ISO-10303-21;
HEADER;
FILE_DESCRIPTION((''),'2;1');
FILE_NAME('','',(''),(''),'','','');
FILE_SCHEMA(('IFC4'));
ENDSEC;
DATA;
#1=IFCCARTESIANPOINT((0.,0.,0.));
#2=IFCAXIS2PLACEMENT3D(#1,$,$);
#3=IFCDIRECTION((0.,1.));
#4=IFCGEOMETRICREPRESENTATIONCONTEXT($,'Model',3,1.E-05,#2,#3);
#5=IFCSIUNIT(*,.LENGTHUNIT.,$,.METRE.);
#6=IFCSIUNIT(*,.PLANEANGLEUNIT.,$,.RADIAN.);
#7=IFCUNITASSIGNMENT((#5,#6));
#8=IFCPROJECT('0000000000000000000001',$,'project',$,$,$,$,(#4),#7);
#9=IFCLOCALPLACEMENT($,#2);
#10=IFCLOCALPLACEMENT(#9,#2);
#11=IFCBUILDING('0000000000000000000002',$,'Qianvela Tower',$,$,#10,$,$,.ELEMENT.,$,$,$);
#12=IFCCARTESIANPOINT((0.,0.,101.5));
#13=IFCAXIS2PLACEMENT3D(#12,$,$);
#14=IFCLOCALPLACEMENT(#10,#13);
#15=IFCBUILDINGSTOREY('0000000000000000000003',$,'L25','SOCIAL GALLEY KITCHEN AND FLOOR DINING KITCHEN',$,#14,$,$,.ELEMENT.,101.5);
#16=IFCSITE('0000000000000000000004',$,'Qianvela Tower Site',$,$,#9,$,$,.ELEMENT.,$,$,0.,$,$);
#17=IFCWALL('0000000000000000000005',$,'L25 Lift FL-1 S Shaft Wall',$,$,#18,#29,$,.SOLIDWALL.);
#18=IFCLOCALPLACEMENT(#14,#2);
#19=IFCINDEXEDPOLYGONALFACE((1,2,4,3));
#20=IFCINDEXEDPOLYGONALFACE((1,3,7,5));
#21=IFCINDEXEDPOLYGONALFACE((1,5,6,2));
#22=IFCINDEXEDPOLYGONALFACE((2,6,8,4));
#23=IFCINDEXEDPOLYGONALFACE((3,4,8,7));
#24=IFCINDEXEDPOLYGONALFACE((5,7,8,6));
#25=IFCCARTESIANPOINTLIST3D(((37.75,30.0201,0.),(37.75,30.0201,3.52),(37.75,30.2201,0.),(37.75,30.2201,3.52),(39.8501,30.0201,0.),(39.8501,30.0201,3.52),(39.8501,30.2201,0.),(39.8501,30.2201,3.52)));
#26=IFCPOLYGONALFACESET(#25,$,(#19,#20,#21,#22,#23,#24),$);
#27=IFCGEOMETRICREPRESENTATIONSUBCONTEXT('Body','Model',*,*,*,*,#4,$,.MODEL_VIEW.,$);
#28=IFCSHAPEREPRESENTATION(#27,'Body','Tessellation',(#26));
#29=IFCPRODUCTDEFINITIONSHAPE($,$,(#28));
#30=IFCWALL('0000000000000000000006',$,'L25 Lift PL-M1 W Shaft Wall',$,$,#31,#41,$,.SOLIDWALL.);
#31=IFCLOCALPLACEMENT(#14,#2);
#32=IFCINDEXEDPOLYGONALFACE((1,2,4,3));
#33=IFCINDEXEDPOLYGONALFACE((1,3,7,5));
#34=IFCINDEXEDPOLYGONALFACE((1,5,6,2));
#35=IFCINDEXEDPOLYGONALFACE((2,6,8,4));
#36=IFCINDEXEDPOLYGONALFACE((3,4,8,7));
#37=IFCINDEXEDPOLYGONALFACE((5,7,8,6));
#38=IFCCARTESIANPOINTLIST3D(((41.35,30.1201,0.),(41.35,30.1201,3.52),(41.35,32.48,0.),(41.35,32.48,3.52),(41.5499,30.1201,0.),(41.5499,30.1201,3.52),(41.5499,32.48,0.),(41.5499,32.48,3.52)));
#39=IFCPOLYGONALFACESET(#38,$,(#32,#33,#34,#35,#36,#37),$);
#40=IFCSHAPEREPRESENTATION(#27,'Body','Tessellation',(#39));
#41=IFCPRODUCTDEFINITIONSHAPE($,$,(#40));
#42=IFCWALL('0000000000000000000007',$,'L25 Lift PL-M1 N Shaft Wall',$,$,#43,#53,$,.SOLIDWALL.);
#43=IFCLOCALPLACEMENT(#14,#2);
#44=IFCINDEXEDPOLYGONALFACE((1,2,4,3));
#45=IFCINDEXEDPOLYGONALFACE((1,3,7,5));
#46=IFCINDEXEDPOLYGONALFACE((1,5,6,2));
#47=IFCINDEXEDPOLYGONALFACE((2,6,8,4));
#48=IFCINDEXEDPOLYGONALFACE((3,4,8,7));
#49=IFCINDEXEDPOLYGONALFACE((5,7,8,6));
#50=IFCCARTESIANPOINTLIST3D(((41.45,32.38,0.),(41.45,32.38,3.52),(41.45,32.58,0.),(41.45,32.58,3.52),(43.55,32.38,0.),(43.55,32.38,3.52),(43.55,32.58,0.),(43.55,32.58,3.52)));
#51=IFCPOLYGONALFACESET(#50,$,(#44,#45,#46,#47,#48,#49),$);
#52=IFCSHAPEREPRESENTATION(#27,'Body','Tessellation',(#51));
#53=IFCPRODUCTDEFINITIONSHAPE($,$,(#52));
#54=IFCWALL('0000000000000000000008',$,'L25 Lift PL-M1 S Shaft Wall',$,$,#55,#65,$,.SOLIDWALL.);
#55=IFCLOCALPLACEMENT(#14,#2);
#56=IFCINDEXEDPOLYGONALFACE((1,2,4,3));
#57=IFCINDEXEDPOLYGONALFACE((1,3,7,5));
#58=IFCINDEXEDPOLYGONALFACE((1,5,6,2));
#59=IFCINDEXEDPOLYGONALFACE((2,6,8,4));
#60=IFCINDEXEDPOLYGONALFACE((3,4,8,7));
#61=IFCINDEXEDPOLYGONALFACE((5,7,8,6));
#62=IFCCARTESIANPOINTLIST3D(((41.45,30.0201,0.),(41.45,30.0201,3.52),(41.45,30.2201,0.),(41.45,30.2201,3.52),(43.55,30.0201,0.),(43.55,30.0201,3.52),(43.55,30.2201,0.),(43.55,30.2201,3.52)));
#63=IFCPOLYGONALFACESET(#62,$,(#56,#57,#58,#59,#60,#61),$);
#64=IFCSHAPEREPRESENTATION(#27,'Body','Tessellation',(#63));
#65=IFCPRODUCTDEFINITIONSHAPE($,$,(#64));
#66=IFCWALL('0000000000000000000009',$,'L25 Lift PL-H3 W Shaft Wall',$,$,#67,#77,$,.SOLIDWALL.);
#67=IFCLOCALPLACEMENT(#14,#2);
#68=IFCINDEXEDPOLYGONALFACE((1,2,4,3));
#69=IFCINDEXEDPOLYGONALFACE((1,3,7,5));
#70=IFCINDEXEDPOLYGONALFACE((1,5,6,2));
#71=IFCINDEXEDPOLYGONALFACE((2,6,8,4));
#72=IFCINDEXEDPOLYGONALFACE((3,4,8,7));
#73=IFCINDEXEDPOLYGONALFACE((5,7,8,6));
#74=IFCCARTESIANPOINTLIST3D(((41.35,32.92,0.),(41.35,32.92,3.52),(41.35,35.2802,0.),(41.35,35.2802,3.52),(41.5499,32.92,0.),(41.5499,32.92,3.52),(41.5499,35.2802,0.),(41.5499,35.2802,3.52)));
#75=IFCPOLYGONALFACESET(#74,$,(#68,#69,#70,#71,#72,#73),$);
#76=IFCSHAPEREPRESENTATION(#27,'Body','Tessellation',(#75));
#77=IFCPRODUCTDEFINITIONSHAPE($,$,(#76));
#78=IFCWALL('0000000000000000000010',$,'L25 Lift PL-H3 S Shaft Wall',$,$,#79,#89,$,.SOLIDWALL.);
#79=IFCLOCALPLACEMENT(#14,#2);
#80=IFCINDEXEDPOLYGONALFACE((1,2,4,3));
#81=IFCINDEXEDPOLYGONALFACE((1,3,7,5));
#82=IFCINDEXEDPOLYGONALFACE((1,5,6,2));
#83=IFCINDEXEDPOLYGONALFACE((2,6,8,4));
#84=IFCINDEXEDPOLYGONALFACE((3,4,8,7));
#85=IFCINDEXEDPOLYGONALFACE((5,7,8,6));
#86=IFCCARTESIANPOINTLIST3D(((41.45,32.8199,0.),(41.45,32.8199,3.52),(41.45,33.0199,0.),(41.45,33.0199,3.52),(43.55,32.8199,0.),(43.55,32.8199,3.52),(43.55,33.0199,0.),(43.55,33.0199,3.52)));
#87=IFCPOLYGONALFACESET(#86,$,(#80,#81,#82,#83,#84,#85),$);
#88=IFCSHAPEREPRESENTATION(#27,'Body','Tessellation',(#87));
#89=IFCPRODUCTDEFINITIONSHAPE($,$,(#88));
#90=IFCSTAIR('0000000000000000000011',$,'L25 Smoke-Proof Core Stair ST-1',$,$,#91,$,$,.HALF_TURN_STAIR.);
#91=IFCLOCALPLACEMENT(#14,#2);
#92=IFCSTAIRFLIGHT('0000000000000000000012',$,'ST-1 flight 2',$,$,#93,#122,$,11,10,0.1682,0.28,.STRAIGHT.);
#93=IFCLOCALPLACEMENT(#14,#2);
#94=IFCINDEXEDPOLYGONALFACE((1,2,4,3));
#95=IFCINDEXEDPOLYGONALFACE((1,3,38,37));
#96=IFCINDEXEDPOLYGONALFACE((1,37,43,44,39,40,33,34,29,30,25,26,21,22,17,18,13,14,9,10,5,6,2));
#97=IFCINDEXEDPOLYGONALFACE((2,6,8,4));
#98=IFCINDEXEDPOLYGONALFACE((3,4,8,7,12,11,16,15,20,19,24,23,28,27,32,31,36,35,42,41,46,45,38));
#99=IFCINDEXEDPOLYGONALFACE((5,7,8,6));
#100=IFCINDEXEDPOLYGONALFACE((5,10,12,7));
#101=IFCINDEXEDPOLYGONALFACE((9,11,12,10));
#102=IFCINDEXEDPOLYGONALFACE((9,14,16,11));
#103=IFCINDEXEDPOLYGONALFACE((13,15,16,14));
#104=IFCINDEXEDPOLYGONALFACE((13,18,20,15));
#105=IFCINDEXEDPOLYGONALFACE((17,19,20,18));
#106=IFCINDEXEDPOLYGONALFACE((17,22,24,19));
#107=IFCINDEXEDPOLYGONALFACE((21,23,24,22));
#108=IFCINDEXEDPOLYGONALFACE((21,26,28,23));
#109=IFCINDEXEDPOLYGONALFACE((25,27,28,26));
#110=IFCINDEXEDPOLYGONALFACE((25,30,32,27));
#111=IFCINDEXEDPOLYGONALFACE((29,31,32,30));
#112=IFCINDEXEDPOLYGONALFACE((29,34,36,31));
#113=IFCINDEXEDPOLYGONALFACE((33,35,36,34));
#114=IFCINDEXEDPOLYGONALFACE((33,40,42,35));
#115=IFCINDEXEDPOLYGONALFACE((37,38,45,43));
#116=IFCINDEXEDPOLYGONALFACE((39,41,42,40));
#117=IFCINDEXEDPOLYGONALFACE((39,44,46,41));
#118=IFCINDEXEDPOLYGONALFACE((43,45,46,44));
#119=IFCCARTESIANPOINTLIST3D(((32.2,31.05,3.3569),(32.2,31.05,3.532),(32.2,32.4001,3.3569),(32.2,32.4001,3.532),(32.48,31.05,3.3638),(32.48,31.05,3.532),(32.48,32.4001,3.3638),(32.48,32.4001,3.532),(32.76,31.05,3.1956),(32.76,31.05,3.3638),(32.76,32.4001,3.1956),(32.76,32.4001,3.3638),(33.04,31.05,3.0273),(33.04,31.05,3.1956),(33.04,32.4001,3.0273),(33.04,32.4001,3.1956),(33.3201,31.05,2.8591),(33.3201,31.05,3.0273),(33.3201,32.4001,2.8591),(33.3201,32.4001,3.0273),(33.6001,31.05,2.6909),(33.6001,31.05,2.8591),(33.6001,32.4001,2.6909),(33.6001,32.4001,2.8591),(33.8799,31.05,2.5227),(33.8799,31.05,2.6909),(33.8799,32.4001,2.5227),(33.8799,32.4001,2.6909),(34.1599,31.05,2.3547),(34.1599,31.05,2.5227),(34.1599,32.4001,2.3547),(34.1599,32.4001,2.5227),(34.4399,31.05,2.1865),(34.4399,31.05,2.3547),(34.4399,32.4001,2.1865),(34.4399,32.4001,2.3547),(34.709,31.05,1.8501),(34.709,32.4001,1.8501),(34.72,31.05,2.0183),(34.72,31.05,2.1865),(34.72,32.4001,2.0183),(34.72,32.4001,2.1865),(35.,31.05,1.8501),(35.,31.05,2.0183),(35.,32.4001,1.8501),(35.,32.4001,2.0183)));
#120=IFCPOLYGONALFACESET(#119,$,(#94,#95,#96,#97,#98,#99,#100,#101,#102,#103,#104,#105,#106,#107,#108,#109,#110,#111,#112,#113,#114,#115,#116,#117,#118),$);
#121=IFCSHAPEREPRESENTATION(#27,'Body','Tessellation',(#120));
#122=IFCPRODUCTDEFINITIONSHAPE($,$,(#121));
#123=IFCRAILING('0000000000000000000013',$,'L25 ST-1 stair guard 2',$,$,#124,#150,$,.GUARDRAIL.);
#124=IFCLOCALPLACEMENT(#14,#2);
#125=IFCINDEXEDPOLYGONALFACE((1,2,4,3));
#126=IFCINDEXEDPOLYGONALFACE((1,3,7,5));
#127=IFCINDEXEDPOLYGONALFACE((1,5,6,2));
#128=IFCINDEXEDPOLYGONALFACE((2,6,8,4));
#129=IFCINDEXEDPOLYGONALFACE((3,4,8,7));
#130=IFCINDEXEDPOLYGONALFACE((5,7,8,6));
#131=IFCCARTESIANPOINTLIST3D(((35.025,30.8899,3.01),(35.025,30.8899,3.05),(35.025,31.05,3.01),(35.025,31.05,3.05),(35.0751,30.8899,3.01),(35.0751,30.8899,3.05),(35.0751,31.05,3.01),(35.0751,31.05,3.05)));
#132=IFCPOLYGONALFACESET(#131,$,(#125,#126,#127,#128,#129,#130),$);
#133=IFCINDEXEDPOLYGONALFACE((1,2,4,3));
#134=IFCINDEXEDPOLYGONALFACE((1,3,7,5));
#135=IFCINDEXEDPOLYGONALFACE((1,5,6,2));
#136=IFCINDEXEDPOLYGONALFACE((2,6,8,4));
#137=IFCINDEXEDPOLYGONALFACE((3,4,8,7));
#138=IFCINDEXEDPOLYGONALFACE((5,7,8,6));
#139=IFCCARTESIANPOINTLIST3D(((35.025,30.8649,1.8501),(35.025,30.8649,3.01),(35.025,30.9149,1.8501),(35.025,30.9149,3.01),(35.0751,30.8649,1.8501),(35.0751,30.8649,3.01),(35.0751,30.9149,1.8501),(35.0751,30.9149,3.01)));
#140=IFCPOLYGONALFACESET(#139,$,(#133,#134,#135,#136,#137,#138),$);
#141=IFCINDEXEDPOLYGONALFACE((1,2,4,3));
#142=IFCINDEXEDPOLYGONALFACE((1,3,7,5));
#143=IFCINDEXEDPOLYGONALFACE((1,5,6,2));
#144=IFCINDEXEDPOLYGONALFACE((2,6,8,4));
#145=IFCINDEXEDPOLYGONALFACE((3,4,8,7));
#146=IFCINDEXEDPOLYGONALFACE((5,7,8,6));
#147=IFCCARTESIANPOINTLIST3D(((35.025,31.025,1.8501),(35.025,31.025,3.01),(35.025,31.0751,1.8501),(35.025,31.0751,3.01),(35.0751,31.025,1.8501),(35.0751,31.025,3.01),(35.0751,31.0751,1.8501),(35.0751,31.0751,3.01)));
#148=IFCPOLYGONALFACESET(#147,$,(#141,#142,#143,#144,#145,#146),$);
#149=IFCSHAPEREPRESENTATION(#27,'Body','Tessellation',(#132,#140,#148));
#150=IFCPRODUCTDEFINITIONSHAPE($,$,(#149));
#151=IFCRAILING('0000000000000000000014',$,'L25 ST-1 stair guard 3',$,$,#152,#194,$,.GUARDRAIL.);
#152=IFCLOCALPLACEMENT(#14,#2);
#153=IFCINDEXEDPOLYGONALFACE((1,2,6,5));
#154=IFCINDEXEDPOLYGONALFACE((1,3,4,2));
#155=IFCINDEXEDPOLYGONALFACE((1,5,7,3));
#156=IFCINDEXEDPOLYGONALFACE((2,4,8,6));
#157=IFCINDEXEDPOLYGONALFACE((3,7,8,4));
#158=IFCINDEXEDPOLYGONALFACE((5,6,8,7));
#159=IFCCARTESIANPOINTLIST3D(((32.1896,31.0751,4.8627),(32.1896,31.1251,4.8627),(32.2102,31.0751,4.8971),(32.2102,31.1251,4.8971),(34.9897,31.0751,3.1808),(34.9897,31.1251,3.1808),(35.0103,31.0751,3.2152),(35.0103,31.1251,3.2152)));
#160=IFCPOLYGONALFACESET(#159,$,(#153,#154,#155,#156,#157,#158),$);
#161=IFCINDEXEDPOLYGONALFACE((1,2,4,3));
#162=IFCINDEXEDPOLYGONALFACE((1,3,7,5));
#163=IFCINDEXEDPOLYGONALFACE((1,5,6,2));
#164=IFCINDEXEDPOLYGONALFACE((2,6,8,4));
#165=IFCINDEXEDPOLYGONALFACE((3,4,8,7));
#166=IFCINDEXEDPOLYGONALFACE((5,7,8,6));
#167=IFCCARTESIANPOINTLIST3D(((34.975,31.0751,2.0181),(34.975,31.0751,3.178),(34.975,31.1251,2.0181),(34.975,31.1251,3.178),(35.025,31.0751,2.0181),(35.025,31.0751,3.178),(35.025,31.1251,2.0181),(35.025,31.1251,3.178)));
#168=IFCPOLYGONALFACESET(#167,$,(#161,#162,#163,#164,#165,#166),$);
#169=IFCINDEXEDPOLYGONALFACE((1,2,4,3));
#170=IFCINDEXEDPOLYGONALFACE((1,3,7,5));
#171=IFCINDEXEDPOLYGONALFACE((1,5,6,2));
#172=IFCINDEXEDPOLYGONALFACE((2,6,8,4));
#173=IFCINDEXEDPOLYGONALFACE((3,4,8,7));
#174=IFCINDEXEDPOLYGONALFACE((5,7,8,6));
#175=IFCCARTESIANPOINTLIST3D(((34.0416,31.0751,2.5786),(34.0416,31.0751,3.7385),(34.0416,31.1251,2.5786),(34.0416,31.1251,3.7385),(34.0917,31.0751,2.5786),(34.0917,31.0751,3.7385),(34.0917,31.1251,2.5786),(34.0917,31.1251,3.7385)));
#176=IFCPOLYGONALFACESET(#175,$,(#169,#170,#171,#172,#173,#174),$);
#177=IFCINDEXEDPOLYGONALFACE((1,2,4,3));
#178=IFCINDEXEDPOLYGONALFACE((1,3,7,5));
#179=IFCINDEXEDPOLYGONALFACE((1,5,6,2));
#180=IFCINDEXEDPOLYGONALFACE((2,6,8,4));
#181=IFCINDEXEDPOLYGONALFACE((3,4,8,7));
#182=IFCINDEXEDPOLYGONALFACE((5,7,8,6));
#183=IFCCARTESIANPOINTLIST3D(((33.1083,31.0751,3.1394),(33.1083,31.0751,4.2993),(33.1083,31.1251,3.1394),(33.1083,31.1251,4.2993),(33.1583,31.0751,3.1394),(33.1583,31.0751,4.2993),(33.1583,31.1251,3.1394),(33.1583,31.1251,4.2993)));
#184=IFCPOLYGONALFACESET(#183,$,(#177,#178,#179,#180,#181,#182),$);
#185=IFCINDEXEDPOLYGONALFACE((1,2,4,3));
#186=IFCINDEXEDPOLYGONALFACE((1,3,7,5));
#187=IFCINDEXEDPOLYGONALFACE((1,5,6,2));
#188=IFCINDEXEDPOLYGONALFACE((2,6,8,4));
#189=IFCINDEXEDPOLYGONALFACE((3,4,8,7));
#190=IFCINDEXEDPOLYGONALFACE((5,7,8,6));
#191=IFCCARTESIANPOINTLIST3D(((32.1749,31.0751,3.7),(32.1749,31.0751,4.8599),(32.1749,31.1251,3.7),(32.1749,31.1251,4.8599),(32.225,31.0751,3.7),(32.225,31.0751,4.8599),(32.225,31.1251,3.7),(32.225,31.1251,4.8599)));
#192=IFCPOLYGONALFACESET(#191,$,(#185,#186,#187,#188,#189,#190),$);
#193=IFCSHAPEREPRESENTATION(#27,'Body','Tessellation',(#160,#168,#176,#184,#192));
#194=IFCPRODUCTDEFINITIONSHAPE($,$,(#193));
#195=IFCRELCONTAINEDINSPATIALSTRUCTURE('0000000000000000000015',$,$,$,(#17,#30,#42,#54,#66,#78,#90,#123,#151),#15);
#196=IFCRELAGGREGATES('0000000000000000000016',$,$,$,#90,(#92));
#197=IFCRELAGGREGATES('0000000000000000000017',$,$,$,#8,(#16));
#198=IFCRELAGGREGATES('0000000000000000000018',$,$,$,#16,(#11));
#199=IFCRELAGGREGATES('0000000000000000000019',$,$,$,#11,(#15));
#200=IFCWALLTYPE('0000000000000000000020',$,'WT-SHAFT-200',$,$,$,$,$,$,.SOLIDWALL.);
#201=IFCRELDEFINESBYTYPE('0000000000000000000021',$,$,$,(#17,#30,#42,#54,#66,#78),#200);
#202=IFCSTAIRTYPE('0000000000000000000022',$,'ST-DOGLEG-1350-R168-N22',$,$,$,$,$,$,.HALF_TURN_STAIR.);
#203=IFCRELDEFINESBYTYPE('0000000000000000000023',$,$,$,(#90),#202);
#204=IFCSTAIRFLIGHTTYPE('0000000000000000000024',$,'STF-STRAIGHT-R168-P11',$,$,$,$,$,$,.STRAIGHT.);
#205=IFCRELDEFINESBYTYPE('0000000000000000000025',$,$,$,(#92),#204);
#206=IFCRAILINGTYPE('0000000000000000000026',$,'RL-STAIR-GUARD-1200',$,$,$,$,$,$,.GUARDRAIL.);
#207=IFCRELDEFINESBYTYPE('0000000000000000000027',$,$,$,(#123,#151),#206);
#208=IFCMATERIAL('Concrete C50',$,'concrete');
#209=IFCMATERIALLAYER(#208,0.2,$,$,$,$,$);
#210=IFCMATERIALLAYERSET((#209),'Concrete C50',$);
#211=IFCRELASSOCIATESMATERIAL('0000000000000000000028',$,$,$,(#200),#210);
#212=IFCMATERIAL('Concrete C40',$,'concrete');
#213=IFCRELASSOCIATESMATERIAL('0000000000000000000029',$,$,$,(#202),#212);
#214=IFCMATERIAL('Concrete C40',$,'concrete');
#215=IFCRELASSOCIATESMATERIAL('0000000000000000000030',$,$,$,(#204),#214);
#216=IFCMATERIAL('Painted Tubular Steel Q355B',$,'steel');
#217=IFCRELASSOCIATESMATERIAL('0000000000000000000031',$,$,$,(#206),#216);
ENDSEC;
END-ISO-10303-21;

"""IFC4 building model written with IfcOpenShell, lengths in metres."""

from ifc_helpers import new_model, si_unit, direction, frame, frame_2d, origin, origin_2d, place, context, subcontext, project, spatial, polyline, rectangle, outline, extrude, material, layer, layer_set, type_object, element, aggregate, save


model = new_model("IFC4")

# Units and contexts
model_context = context("Model", 3, precision=1e-05, world=origin(), true_north=direction((0.0, 1.0)))
body_context = subcontext(model_context, "Body", "Model", "MODEL_VIEW")
ifc_project = project(units=[si_unit("LENGTHUNIT", "METRE"), si_unit("PLANEANGLEUNIT", "RADIAN")], contexts=[model_context])

# Site, building, storey
site_placement = place(None, origin())
site = spatial("IfcSite", under=ifc_project, at=site_placement, Name="Qianvela Tower Site", CompositionType="ELEMENT", RefElevation=0.0)
building_placement = place(site_placement, origin())
building = spatial("IfcBuilding", under=site, at=building_placement, Name="Qianvela Tower", CompositionType="ELEMENT")
storey_placement = place(building_placement, frame((0.0, 0.0, 101.5)))
storey = spatial("IfcBuildingStorey", under=building, at=storey_placement, Name="L25", Description="SOCIAL GALLEY KITCHEN AND FLOOR DINING KITCHEN", CompositionType="ELEMENT", Elevation=101.5)

# Shared definitions
ifc_material_1 = material(Name="Concrete C50", Category="concrete")
ifc_layer_1 = layer(ifc_material_1, 0.2)
ifc_layer_set_1 = layer_set([ifc_layer_1], Name="Concrete C50")
wall_type_1 = type_object("IfcWallType", Name="WT-SHAFT-200", PredefinedType="SOLIDWALL", material=ifc_layer_set_1)

# Walls
wall_1_placement = place(storey_placement, frame((37.75, 30.1201, 0.0), z_axis=(0.0, 0.0, 1.0), x_axis=(1.0, 0.0, 0.0)))
element("IfcWall", 1, at=wall_1_placement, inside=storey, type_object=wall_type_1, Name="L25 Lift FL-1 S Shaft Wall", PredefinedType="SOLIDWALL", context=body_context, shape_type="SweptSolid", body=[
    extrude(rectangle(XDim=2.1001, YDim=0.2, at=frame_2d((1.05, 0.0))), origin(), (0.0, 0.0, 1.0), 3.52),
])
wall_2_placement = place(storey_placement, frame((41.45, 30.1201, 0.0), z_axis=(0.0, 0.0, 1.0), x_axis=(0.0, 1.0, 0.0)))
element("IfcWall", 2, at=wall_2_placement, inside=storey, type_object=wall_type_1, Name="L25 Lift PL-M1 W Shaft Wall", PredefinedType="SOLIDWALL", context=body_context, shape_type="SweptSolid", body=[
    extrude(rectangle(XDim=2.3599, YDim=0.2, at=frame_2d((1.1799, 0.0))), origin(), (0.0, 0.0, 1.0), 3.52),
])
for number, where, z_axis, x_axis, name in (
    (3, (41.45, 32.48, 0.0), (0.0, 0.0, 1.0), (1.0, 0.0, 0.0), "L25 Lift PL-M1 N Shaft Wall"),
    (4, (41.45, 30.1201, 0.0), (0.0, 0.0, 1.0), (1.0, 0.0, 0.0), "L25 Lift PL-M1 S Shaft Wall"),
):
    element("IfcWall", number, at=place(storey_placement, frame(where, z_axis=z_axis, x_axis=x_axis)), inside=storey, type_object=wall_type_1, Name=name, PredefinedType="SOLIDWALL", context=body_context, shape_type="SweptSolid", body=[
        extrude(rectangle(XDim=2.1001, YDim=0.2, at=frame_2d((1.05, 0.0))), origin(), (0.0, 0.0, 1.0), 3.52),
    ])
wall_3_placement = place(storey_placement, frame((41.45, 32.9199, 0.0), z_axis=(0.0, 0.0, 1.0), x_axis=(0.0, 1.0, 0.0)))
element("IfcWall", 5, at=wall_3_placement, inside=storey, type_object=wall_type_1, Name="L25 Lift PL-H3 W Shaft Wall", PredefinedType="SOLIDWALL", context=body_context, shape_type="SweptSolid", body=[
    extrude(rectangle(XDim=2.3601, YDim=0.2, at=frame_2d((1.1802, 0.0))), origin(), (0.0, 0.0, 1.0), 3.52),
])
wall_4_placement = place(storey_placement, frame((41.45, 32.9199, 0.0), z_axis=(0.0, 0.0, 1.0), x_axis=(1.0, 0.0, 0.0)))
element("IfcWall", 6, at=wall_4_placement, inside=storey, type_object=wall_type_1, Name="L25 Lift PL-H3 S Shaft Wall", PredefinedType="SOLIDWALL", context=body_context, shape_type="SweptSolid", body=[
    extrude(rectangle(XDim=2.1001, YDim=0.2, at=frame_2d((1.05, 0.0))), origin(), (0.0, 0.0, 1.0), 3.52),
])

# Stair, stair flight
ifc_material_2 = material(Name="Concrete C40", Category="concrete")
stair_type = type_object("IfcStairType", Name="ST-DOGLEG-1350-R168-N22", PredefinedType="HALF_TURN_STAIR", material=ifc_material_2)
stair_placement = place(storey_placement, origin())
stair = element("IfcStair", 7, at=stair_placement, inside=storey, type_object=stair_type, Name="L25 Smoke-Proof Core Stair ST-1", PredefinedType="HALF_TURN_STAIR")
ifc_material_3 = material(Name="Concrete C40", Category="concrete")
stair_flight_type = type_object("IfcStairFlightType", Name="STF-STRAIGHT-R168-P11", PredefinedType="STRAIGHT", material=ifc_material_3)
stair_flight_placement = place(storey_placement, frame((35.0, 31.7251, 1.8501), z_axis=(0.0, 0.0, 1.0), x_axis=(-1.0, 0.0, 0.0)))
stair_flight = element("IfcStairFlight", 8, at=stair_flight_placement, type_object=stair_flight_type, Name="ST-1 flight 2", NumberOfRisers=11, NumberOfTreads=10, PredefinedType="STRAIGHT", RiserHeight=0.1682, TreadLength=0.28, context=body_context, shape_type="SweptSolid", body=[
    extrude(outline(polyline([(0.0, 0.0), (0.0, 0.1682), (0.28, 0.1682), (0.28, 0.3364), (0.5601, 0.3364), (0.5601, 0.5046), (0.8401, 0.5046), (0.8401, 0.6726), (1.1201, 0.6726), (1.1201, 0.8408), (1.3999, 0.8408), (1.3999, 1.009), (1.6799, 1.009), (1.6799, 1.1772), (1.96, 1.1772), (1.96, 1.3455), (2.24, 1.3455), (2.24, 1.5137), (2.52, 1.5137), (2.52, 1.6819), (2.8, 1.6819), (2.8, 1.8501), (2.8, 1.5068), (0.291, 0.0), (0.0, 0.0)])), frame((0.0, 0.675, 0.0), z_axis=(0.0, -1.0, 0.0), x_axis=(1.0, 0.0, 0.0)), (0.0, 0.0, 1.0), 1.3501),
])
aggregate(stair, [stair_flight])

# Railings
ifc_material_4 = material(Name="Painted Tubular Steel Q355B", Category="steel")
railing_type_1 = type_object("IfcRailingType", Name="RL-STAIR-GUARD-1200", PredefinedType="GUARDRAIL", material=ifc_material_4)
railing_1_placement = place(storey_placement, frame((35.05, 30.8899, 1.8501)))
element("IfcRailing", 9, at=railing_1_placement, inside=storey, type_object=railing_type_1, Name="L25 ST-1 stair guard 2", PredefinedType="GUARDRAIL", context=body_context, shape_type="SweptSolid", body=[
    extrude(rectangle(XDim=0.05, YDim=0.04, at=origin_2d()), frame((0.0, 0.0, 1.1799), z_axis=(0.0, 1.0, 0.0), x_axis=(-1.0, 0.0, 0.0)), (0.0, 0.0, 1.0), 0.1602),
    extrude(rectangle(XDim=0.05, YDim=0.05, at=origin_2d()), origin(), (0.0, 0.0, 1.0), 1.1599),
    extrude(rectangle(XDim=0.05, YDim=0.05, at=origin_2d()), frame((0.0, 0.1602, 0.0)), (0.0, 0.0, 1.0), 1.1599),
])
railing_2_placement = place(storey_placement, frame((35.0, 31.1001, 2.0181)))
element("IfcRailing", 10, at=railing_2_placement, inside=storey, type_object=railing_type_1, Name="L25 ST-1 stair guard 3", PredefinedType="GUARDRAIL", context=body_context, shape_type="SweptSolid", body=[
    extrude(rectangle(XDim=0.05, YDim=0.04, at=origin_2d()), frame((0.0, 0.0, 1.1799), z_axis=(-0.857242, 0.0, 0.514913), x_axis=(0.0, -1.0, 0.0)), (0.0, 0.0, 1.0), 3.2664),
    extrude(rectangle(XDim=0.05, YDim=0.05, at=origin_2d()), origin(), (0.0, 0.0, 1.0), 1.1599),
    extrude(rectangle(XDim=0.05, YDim=0.05, at=origin_2d()), frame((-0.9333, 0.0, 0.5605)), (0.0, 0.0, 1.0), 1.1599),
    extrude(rectangle(XDim=0.05, YDim=0.05, at=origin_2d()), frame((-1.8667, 0.0, 1.1213)), (0.0, 0.0, 1.0), 1.1599),
    extrude(rectangle(XDim=0.05, YDim=0.05, at=origin_2d()), frame((-2.8, 0.0, 1.6819)), (0.0, 0.0, 1.0), 1.1599),
])

save(model, "model.ifc")
